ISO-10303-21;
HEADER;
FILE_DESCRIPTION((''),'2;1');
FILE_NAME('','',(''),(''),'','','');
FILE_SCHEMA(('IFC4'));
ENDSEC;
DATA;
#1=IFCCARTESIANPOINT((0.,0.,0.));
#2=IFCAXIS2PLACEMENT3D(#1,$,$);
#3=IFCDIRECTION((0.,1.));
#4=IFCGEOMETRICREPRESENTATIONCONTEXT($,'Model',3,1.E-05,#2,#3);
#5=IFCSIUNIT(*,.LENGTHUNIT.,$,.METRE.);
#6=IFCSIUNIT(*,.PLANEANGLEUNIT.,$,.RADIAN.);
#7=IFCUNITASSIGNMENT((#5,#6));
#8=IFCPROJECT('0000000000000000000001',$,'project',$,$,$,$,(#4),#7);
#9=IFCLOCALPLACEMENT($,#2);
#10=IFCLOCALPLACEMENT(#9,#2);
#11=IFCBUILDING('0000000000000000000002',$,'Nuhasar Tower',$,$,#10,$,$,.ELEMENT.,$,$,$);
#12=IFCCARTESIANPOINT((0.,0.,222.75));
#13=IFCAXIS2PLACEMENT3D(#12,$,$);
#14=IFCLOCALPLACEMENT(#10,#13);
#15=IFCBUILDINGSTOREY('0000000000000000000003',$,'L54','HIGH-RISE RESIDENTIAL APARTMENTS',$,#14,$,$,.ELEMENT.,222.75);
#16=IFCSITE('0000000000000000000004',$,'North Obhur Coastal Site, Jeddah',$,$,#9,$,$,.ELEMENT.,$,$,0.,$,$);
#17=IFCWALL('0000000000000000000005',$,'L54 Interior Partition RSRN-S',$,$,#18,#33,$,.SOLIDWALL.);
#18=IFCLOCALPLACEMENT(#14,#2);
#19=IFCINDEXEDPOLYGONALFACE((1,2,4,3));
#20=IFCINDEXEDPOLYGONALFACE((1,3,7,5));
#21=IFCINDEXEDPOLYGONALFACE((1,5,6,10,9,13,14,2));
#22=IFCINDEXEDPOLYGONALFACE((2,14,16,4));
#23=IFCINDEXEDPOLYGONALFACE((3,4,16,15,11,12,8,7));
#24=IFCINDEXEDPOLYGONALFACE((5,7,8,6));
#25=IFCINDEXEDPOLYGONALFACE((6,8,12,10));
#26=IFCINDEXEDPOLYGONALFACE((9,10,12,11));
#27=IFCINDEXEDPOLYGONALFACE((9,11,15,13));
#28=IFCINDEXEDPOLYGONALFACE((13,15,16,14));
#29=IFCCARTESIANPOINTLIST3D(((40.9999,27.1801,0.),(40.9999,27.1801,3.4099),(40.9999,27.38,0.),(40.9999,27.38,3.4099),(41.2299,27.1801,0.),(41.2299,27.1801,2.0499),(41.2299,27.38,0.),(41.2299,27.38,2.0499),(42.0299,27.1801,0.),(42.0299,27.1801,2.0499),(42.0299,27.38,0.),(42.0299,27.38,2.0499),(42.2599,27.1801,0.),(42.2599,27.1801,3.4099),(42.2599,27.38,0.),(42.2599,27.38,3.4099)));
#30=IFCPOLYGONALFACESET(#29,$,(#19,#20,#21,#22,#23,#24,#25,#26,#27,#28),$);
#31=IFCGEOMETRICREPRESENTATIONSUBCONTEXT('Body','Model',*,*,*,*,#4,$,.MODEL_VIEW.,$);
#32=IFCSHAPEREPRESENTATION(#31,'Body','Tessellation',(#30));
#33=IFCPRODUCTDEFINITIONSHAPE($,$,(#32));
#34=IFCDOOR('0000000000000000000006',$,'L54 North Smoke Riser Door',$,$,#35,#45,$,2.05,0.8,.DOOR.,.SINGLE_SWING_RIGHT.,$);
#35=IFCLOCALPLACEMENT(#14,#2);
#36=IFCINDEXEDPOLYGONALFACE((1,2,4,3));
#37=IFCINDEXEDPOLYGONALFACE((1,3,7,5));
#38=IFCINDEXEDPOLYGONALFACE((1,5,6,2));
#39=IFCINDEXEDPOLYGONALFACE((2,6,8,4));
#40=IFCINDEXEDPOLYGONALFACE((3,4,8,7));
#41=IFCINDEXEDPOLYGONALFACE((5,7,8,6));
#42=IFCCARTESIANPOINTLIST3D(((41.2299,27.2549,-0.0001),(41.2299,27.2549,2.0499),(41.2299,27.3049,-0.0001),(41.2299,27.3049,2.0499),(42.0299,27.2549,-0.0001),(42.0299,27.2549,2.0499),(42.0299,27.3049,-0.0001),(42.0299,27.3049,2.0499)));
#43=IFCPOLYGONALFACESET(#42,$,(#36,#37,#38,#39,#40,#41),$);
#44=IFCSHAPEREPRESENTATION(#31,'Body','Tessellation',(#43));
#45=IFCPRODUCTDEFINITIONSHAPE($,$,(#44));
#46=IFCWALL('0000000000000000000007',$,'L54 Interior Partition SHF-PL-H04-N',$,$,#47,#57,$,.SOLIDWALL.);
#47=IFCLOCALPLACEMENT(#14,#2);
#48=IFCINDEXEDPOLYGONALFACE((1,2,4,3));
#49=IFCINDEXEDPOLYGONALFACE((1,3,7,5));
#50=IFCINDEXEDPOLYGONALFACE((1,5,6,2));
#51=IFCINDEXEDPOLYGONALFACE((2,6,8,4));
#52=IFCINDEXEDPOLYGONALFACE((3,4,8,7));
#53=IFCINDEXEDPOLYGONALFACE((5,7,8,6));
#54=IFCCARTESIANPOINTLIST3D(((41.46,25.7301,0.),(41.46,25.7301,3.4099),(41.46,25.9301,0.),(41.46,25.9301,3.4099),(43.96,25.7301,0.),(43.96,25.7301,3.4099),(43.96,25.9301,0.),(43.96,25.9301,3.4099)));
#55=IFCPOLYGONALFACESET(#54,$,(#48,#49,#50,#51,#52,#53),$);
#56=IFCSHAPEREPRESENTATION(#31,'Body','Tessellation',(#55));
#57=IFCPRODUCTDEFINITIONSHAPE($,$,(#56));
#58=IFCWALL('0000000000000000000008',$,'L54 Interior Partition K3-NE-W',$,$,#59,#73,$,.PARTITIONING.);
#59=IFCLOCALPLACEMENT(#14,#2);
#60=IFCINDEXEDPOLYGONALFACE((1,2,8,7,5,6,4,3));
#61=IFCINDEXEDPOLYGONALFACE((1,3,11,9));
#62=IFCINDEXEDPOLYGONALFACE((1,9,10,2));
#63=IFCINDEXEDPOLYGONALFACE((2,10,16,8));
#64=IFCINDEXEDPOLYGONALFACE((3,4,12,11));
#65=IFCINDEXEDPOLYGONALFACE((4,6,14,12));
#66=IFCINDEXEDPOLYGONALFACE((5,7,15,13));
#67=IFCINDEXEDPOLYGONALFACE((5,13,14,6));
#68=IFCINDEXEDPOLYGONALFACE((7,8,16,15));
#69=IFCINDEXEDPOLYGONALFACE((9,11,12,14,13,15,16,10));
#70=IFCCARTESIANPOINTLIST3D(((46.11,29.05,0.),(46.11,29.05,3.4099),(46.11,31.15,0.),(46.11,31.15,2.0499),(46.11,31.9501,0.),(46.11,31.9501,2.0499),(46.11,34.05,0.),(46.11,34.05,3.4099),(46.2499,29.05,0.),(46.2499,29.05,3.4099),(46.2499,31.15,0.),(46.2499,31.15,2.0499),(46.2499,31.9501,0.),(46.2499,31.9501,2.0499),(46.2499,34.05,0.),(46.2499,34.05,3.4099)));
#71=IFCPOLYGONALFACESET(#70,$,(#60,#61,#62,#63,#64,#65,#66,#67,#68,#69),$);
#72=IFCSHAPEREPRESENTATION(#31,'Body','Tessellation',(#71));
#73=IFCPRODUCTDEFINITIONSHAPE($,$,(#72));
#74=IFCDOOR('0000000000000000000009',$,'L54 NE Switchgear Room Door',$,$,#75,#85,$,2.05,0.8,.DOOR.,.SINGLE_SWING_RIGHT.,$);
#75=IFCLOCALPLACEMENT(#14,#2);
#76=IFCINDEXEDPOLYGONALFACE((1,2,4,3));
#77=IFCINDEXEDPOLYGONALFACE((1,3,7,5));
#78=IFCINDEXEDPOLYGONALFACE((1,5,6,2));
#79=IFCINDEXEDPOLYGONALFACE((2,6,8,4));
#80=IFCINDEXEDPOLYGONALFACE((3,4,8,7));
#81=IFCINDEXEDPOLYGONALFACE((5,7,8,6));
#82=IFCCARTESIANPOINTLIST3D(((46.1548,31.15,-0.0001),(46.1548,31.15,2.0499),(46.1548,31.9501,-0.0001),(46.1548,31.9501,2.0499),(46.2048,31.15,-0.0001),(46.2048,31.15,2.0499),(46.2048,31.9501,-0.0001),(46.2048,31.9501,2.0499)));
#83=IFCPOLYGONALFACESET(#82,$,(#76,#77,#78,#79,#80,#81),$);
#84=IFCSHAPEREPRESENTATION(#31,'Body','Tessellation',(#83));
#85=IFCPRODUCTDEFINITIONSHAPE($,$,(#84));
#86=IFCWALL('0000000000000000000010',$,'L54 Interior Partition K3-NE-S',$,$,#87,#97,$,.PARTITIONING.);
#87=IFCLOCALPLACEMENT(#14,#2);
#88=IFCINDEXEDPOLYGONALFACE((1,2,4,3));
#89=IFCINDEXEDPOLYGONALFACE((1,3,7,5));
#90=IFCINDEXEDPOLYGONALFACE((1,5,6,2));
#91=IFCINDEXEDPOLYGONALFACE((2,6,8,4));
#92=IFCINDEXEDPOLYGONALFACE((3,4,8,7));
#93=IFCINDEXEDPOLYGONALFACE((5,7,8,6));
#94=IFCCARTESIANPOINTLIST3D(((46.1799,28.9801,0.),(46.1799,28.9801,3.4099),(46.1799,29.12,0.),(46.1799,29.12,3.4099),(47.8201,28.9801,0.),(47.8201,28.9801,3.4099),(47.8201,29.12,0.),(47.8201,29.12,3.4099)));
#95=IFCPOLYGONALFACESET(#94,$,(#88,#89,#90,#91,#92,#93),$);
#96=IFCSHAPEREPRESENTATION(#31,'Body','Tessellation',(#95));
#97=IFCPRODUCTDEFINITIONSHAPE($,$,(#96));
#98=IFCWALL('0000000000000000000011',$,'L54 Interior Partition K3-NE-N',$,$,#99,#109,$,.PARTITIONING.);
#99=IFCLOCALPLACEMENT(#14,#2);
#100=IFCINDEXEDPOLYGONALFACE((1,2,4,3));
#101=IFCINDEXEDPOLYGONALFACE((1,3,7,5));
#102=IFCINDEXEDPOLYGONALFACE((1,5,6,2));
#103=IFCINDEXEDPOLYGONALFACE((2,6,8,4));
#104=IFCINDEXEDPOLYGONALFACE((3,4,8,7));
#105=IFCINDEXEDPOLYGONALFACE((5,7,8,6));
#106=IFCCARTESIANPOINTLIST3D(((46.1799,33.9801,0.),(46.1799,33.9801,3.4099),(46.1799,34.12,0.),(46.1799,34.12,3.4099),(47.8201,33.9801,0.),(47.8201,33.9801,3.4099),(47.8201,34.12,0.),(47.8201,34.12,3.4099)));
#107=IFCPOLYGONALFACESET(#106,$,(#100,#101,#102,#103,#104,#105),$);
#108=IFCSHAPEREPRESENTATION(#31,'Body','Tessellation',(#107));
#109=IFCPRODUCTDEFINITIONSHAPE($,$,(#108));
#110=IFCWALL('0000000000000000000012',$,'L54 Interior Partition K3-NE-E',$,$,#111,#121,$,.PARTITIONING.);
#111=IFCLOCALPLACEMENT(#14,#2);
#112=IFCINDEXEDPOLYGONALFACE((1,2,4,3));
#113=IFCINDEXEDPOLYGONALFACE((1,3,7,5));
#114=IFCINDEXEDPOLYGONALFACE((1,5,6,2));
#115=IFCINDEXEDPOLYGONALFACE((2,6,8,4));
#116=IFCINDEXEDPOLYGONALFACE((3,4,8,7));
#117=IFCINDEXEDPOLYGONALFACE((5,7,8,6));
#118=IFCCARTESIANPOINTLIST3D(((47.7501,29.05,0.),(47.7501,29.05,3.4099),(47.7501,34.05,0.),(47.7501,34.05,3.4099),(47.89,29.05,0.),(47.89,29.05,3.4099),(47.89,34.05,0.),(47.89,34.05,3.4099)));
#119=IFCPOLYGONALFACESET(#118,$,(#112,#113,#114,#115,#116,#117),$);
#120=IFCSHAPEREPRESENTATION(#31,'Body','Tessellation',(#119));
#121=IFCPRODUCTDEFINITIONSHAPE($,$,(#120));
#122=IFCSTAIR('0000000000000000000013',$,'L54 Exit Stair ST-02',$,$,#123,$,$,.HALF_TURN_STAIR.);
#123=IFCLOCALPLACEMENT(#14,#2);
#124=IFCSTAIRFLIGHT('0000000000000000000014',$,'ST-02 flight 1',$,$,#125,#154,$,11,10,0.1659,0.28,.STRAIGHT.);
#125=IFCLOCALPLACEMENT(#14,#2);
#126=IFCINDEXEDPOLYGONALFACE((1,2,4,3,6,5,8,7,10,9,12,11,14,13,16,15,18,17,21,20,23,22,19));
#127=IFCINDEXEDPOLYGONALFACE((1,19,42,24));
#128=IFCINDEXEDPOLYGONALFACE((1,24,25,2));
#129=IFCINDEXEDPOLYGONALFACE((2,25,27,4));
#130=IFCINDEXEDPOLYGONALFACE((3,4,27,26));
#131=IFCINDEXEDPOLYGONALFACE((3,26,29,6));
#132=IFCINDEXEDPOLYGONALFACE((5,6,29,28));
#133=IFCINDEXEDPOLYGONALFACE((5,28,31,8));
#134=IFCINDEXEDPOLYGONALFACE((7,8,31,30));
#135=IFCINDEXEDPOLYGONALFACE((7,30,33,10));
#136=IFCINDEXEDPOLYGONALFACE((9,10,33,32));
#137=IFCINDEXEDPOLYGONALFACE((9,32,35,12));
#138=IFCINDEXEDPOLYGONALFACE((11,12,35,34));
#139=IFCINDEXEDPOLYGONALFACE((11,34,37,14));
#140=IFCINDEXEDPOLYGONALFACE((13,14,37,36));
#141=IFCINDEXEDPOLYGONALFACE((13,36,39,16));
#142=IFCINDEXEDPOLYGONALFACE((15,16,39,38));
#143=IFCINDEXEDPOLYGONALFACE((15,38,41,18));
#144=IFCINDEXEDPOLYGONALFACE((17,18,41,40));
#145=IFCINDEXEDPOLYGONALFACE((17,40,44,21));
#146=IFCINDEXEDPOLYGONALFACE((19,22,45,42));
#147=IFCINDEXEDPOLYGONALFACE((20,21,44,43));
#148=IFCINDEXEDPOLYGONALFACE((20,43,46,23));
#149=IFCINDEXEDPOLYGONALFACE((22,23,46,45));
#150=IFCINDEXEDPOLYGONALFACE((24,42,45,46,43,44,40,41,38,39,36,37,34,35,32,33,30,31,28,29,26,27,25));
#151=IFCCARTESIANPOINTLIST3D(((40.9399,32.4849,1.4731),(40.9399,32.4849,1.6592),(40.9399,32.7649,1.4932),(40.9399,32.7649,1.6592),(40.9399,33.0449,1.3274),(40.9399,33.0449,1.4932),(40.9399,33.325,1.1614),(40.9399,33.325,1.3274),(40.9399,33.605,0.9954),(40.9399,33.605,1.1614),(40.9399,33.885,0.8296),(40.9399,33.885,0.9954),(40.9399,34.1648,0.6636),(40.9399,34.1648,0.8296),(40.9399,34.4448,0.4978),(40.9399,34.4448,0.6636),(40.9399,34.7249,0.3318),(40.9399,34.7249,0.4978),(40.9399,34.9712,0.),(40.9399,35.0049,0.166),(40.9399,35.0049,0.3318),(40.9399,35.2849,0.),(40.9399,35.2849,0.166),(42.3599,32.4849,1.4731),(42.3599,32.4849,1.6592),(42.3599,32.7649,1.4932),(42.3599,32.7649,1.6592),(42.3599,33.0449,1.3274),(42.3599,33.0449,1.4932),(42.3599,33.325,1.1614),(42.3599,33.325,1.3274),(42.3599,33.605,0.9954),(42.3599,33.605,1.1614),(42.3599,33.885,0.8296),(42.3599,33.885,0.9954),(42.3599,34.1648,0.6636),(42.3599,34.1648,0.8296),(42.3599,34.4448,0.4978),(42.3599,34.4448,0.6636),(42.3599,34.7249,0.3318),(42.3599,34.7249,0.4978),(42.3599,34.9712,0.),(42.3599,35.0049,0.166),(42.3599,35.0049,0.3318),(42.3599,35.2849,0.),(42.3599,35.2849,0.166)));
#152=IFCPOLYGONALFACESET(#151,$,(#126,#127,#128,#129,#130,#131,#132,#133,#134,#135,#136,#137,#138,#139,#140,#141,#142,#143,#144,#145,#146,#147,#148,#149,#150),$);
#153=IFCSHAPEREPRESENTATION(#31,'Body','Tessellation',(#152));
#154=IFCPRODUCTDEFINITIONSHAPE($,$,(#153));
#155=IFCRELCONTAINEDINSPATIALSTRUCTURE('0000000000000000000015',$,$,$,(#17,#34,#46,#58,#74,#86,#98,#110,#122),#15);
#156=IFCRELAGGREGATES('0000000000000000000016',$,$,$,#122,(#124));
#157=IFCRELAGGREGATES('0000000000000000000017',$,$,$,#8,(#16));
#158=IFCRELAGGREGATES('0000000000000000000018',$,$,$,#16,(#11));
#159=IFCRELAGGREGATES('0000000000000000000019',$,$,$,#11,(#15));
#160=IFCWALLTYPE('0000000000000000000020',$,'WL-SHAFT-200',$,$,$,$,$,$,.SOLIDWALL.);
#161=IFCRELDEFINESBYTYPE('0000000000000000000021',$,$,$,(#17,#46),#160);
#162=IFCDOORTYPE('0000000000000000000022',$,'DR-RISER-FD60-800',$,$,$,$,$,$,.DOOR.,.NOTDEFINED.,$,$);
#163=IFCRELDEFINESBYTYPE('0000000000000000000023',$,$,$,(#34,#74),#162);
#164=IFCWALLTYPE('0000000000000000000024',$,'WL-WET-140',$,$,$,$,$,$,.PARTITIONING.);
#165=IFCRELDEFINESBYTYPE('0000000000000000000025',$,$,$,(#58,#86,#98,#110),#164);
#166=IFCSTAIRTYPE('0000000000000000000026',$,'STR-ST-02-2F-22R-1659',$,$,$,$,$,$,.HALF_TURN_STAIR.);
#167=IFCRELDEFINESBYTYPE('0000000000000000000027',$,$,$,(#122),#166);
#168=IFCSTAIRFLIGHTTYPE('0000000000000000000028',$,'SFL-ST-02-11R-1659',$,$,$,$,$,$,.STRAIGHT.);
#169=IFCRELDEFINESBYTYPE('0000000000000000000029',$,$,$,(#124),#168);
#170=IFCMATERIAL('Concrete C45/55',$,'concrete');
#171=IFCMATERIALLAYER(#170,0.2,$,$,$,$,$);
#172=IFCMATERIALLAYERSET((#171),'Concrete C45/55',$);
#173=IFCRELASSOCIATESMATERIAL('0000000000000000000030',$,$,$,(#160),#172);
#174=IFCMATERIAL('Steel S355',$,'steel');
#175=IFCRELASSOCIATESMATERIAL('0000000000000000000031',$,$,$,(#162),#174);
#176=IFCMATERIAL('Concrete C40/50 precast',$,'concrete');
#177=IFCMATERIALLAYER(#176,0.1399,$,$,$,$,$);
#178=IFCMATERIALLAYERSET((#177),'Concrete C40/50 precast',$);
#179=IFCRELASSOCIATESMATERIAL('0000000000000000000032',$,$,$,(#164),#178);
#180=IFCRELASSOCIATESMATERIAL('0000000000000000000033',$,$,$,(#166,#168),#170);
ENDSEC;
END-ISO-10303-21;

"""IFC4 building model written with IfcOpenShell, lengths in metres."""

from ifc_helpers import new_model, si_unit, direction, frame, frame_2d, origin, place, context, subcontext, project, spatial, polyline, rectangle, outline, extrude, material, layer, layer_set, type_object, element, fill, aggregate, save


model = new_model("IFC4")

# Units and contexts
model_context = context("Model", 3, precision=1e-05, world=origin(), true_north=direction((0.0, 1.0)))
body_context = subcontext(model_context, "Body", "Model", "MODEL_VIEW")
ifc_project = project(units=[si_unit("LENGTHUNIT", "METRE"), si_unit("PLANEANGLEUNIT", "RADIAN")], contexts=[model_context])

# Site, building, storey
site_placement = place(None, origin())
site = spatial("IfcSite", under=ifc_project, at=site_placement, Name="North Obhur Coastal Site, Jeddah", CompositionType="ELEMENT", RefElevation=0.0)
building_placement = place(site_placement, origin())
building = spatial("IfcBuilding", under=site, at=building_placement, Name="Nuhasar Tower", CompositionType="ELEMENT")
storey_placement = place(building_placement, frame((0.0, 0.0, 222.75)))
storey = spatial("IfcBuildingStorey", under=building, at=storey_placement, Name="L54", Description="HIGH-RISE RESIDENTIAL APARTMENTS", CompositionType="ELEMENT", Elevation=222.75)

# Shared definitions
ifc_material_1 = material(Name="Steel S355", Category="steel")

# Shared definitions
ifc_material_2 = material(Name="Concrete C45/55", Category="concrete")
ifc_layer_1 = layer(ifc_material_2, 0.2)
ifc_layer_set_1 = layer_set([ifc_layer_1], Name="Concrete C45/55")
wall_type_1 = type_object("IfcWallType", Name="WL-SHAFT-200", PredefinedType="SOLIDWALL", material=ifc_layer_set_1)

# Wall, opening, door
wall_1_placement = place(storey_placement, frame((41.0, 27.28, 0.0), z_axis=(0.0, 0.0, 1.0), x_axis=(1.0, 0.0, 0.0)))
wall_1 = element("IfcWall", 1, at=wall_1_placement, inside=storey, type_object=wall_type_1, Name="L54 Interior Partition RSRN-S", PredefinedType="SOLIDWALL", context=body_context, shape_type="SweptSolid", body=[
    extrude(rectangle(XDim=1.26, YDim=0.2, at=frame_2d((0.6299, 0.0))), origin(), (0.0, 0.0, 1.0), 3.4099),
])
opening_1_placement = place(wall_1_placement, frame((0.23, 0.0, 0.0)))
opening_1 = element("IfcOpeningElement", 2, at=opening_1_placement, cuts=wall_1, PredefinedType="OPENING", context=body_context, shape_type="SweptSolid", body=[
    extrude(rectangle(XDim=0.8, YDim=2.05, at=frame_2d((0.3999, 1.0249))), frame((0.0, 0.1099, 0.0), z_axis=(0.0, -1.0, 0.0), x_axis=(1.0, 0.0, 0.0)), (0.0, 0.0, 1.0), 0.22),
])
door_type_1 = type_object("IfcDoorType", Name="DR-RISER-FD60-800", OperationType="NOTDEFINED", PredefinedType="DOOR", material=ifc_material_1)
door_1_placement = place(opening_1_placement, origin())
door_1 = element("IfcDoor", 3, at=door_1_placement, inside=storey, type_object=door_type_1, Name="L54 North Smoke Riser Door", OperationType="SINGLE_SWING_RIGHT", OverallHeight=2.05, OverallWidth=0.8, PredefinedType="DOOR", context=body_context, shape_type="SweptSolid", body=[
    extrude(rectangle(XDim=0.8, YDim=2.05, at=frame_2d((0.3999, 1.0249))), frame((0.0, 0.0249, 0.0), z_axis=(0.0, -1.0, 0.0), x_axis=(1.0, 0.0, 0.0)), (0.0, 0.0, 1.0), 0.05),
])
fill(opening_1, door_1)

# Wall
wall_2_placement = place(storey_placement, frame((41.46, 25.8301, 0.0), z_axis=(0.0, 0.0, 1.0), x_axis=(1.0, 0.0, 0.0)))
element("IfcWall", 4, at=wall_2_placement, inside=storey, type_object=wall_type_1, Name="L54 Interior Partition SHF-PL-H04-N", PredefinedType="SOLIDWALL", context=body_context, shape_type="SweptSolid", body=[
    extrude(rectangle(XDim=2.5, YDim=0.2, at=frame_2d((1.25, 0.0))), origin(), (0.0, 0.0, 1.0), 3.4099),
])

# Wall, opening, door
ifc_material_3 = material(Name="Concrete C40/50 precast", Category="concrete")
ifc_layer_2 = layer(ifc_material_3, 0.1399)
ifc_layer_set_2 = layer_set([ifc_layer_2], Name="Concrete C40/50 precast")
wall_type_2 = type_object("IfcWallType", Name="WL-WET-140", PredefinedType="PARTITIONING", material=ifc_layer_set_2)
wall_3_placement = place(storey_placement, frame((46.1799, 34.05, 0.0), z_axis=(0.0, 0.0, 1.0), x_axis=(0.0, -1.0, 0.0)))
wall_3 = element("IfcWall", 5, at=wall_3_placement, inside=storey, type_object=wall_type_2, Name="L54 Interior Partition K3-NE-W", PredefinedType="PARTITIONING", context=body_context, shape_type="SweptSolid", body=[
    extrude(rectangle(XDim=5.0, YDim=0.1399, at=frame_2d((2.5, 0.0))), origin(), (0.0, 0.0, 1.0), 3.4099),
])
opening_2_placement = place(wall_3_placement, frame((2.1001, 0.0, 0.0)))
opening_2 = element("IfcOpeningElement", 6, at=opening_2_placement, cuts=wall_3, PredefinedType="OPENING", context=body_context, shape_type="SweptSolid", body=[
    extrude(rectangle(XDim=0.8, YDim=2.05, at=frame_2d((0.3999, 1.0249))), frame((0.0, 0.0801, 0.0), z_axis=(0.0, -1.0, 0.0), x_axis=(1.0, 0.0, 0.0)), (0.0, 0.0, 1.0), 0.1599),
])
door_2_placement = place(opening_2_placement, origin())
door_2 = element("IfcDoor", 7, at=door_2_placement, inside=storey, type_object=door_type_1, Name="L54 NE Switchgear Room Door", OperationType="SINGLE_SWING_RIGHT", OverallHeight=2.05, OverallWidth=0.8, PredefinedType="DOOR", context=body_context, shape_type="SweptSolid", body=[
    extrude(rectangle(XDim=0.8, YDim=2.05, at=frame_2d((0.3999, 1.0249))), frame((0.0, 0.0249, 0.0), z_axis=(0.0, -1.0, 0.0), x_axis=(1.0, 0.0, 0.0)), (0.0, 0.0, 1.0), 0.05),
])
fill(opening_2, door_2)

# Walls
for number, where, z_axis, x_axis, name in (
    (8, (46.1799, 29.05, 0.0), (0.0, 0.0, 1.0), (1.0, 0.0, 0.0), "L54 Interior Partition K3-NE-S"),
    (9, (46.1799, 34.05, 0.0), (0.0, 0.0, 1.0), (1.0, 0.0, 0.0), "L54 Interior Partition K3-NE-N"),
):
    element("IfcWall", number, at=place(storey_placement, frame(where, z_axis=z_axis, x_axis=x_axis)), inside=storey, type_object=wall_type_2, Name=name, PredefinedType="PARTITIONING", context=body_context, shape_type="SweptSolid", body=[
        extrude(rectangle(XDim=1.6401, YDim=0.1399, at=frame_2d((0.8201, 0.0))), origin(), (0.0, 0.0, 1.0), 3.4099),
    ])
wall_4_placement = place(storey_placement, frame((47.8201, 29.05, 0.0), z_axis=(0.0, 0.0, 1.0), x_axis=(0.0, 1.0, 0.0)))
element("IfcWall", 10, at=wall_4_placement, inside=storey, type_object=wall_type_2, Name="L54 Interior Partition K3-NE-E", PredefinedType="PARTITIONING", context=body_context, shape_type="SweptSolid", body=[
    extrude(rectangle(XDim=5.0, YDim=0.1399, at=frame_2d((2.5, 0.0))), origin(), (0.0, 0.0, 1.0), 3.4099),
])

# Stair, stair flight
stair_type_1 = type_object("IfcStairType", Name="STR-ST-02-2F-22R-1659", PredefinedType="HALF_TURN_STAIR", material=ifc_material_2)
stair_1_placement = place(storey_placement, origin())
stair_1 = element("IfcStair", 11, at=stair_1_placement, inside=storey, type_object=stair_type_1, Name="L54 Exit Stair ST-02", PredefinedType="HALF_TURN_STAIR")
stair_flight_type_1 = type_object("IfcStairFlightType", Name="SFL-ST-02-11R-1659", PredefinedType="STRAIGHT", material=ifc_material_2)
stair_flight_1_placement = place(storey_placement, frame((41.6499, 35.2849, 0.0), z_axis=(0.0, 0.0, 1.0), x_axis=(0.0, -1.0, 0.0)))
stair_flight_1 = element("IfcStairFlight", 12, at=stair_flight_1_placement, type_object=stair_flight_type_1, Name="ST-02 flight 1", NumberOfRisers=11, NumberOfTreads=10, PredefinedType="STRAIGHT", RiserHeight=0.1659, TreadLength=0.28, context=body_context, shape_type="SweptSolid", body=[
    extrude(outline(polyline([(0.0, 0.0), (0.0, 0.166), (0.28, 0.166), (0.28, 0.3318), (0.5601, 0.3318), (0.5601, 0.4978), (0.8401, 0.4978), (0.8401, 0.6636), (1.1201, 0.6636), (1.1201, 0.8296), (1.3999, 0.8296), (1.3999, 0.9954), (1.6799, 0.9954), (1.6799, 1.1614), (1.96, 1.1614), (1.96, 1.3274), (2.24, 1.3274), (2.24, 1.4932), (2.52, 1.4932), (2.52, 1.6592), (2.8, 1.6592), (2.8, 1.825), (2.8, 1.4731), (0.3137, 0.0), (0.0, 0.0)])), frame((0.0, 0.71, 0.0), z_axis=(0.0, -1.0, 0.0), x_axis=(1.0, 0.0, 0.0)), (0.0, 0.0, 1.0), 1.4199),
])
aggregate(stair_1, [stair_flight_1])

save(model, "model.ifc")
